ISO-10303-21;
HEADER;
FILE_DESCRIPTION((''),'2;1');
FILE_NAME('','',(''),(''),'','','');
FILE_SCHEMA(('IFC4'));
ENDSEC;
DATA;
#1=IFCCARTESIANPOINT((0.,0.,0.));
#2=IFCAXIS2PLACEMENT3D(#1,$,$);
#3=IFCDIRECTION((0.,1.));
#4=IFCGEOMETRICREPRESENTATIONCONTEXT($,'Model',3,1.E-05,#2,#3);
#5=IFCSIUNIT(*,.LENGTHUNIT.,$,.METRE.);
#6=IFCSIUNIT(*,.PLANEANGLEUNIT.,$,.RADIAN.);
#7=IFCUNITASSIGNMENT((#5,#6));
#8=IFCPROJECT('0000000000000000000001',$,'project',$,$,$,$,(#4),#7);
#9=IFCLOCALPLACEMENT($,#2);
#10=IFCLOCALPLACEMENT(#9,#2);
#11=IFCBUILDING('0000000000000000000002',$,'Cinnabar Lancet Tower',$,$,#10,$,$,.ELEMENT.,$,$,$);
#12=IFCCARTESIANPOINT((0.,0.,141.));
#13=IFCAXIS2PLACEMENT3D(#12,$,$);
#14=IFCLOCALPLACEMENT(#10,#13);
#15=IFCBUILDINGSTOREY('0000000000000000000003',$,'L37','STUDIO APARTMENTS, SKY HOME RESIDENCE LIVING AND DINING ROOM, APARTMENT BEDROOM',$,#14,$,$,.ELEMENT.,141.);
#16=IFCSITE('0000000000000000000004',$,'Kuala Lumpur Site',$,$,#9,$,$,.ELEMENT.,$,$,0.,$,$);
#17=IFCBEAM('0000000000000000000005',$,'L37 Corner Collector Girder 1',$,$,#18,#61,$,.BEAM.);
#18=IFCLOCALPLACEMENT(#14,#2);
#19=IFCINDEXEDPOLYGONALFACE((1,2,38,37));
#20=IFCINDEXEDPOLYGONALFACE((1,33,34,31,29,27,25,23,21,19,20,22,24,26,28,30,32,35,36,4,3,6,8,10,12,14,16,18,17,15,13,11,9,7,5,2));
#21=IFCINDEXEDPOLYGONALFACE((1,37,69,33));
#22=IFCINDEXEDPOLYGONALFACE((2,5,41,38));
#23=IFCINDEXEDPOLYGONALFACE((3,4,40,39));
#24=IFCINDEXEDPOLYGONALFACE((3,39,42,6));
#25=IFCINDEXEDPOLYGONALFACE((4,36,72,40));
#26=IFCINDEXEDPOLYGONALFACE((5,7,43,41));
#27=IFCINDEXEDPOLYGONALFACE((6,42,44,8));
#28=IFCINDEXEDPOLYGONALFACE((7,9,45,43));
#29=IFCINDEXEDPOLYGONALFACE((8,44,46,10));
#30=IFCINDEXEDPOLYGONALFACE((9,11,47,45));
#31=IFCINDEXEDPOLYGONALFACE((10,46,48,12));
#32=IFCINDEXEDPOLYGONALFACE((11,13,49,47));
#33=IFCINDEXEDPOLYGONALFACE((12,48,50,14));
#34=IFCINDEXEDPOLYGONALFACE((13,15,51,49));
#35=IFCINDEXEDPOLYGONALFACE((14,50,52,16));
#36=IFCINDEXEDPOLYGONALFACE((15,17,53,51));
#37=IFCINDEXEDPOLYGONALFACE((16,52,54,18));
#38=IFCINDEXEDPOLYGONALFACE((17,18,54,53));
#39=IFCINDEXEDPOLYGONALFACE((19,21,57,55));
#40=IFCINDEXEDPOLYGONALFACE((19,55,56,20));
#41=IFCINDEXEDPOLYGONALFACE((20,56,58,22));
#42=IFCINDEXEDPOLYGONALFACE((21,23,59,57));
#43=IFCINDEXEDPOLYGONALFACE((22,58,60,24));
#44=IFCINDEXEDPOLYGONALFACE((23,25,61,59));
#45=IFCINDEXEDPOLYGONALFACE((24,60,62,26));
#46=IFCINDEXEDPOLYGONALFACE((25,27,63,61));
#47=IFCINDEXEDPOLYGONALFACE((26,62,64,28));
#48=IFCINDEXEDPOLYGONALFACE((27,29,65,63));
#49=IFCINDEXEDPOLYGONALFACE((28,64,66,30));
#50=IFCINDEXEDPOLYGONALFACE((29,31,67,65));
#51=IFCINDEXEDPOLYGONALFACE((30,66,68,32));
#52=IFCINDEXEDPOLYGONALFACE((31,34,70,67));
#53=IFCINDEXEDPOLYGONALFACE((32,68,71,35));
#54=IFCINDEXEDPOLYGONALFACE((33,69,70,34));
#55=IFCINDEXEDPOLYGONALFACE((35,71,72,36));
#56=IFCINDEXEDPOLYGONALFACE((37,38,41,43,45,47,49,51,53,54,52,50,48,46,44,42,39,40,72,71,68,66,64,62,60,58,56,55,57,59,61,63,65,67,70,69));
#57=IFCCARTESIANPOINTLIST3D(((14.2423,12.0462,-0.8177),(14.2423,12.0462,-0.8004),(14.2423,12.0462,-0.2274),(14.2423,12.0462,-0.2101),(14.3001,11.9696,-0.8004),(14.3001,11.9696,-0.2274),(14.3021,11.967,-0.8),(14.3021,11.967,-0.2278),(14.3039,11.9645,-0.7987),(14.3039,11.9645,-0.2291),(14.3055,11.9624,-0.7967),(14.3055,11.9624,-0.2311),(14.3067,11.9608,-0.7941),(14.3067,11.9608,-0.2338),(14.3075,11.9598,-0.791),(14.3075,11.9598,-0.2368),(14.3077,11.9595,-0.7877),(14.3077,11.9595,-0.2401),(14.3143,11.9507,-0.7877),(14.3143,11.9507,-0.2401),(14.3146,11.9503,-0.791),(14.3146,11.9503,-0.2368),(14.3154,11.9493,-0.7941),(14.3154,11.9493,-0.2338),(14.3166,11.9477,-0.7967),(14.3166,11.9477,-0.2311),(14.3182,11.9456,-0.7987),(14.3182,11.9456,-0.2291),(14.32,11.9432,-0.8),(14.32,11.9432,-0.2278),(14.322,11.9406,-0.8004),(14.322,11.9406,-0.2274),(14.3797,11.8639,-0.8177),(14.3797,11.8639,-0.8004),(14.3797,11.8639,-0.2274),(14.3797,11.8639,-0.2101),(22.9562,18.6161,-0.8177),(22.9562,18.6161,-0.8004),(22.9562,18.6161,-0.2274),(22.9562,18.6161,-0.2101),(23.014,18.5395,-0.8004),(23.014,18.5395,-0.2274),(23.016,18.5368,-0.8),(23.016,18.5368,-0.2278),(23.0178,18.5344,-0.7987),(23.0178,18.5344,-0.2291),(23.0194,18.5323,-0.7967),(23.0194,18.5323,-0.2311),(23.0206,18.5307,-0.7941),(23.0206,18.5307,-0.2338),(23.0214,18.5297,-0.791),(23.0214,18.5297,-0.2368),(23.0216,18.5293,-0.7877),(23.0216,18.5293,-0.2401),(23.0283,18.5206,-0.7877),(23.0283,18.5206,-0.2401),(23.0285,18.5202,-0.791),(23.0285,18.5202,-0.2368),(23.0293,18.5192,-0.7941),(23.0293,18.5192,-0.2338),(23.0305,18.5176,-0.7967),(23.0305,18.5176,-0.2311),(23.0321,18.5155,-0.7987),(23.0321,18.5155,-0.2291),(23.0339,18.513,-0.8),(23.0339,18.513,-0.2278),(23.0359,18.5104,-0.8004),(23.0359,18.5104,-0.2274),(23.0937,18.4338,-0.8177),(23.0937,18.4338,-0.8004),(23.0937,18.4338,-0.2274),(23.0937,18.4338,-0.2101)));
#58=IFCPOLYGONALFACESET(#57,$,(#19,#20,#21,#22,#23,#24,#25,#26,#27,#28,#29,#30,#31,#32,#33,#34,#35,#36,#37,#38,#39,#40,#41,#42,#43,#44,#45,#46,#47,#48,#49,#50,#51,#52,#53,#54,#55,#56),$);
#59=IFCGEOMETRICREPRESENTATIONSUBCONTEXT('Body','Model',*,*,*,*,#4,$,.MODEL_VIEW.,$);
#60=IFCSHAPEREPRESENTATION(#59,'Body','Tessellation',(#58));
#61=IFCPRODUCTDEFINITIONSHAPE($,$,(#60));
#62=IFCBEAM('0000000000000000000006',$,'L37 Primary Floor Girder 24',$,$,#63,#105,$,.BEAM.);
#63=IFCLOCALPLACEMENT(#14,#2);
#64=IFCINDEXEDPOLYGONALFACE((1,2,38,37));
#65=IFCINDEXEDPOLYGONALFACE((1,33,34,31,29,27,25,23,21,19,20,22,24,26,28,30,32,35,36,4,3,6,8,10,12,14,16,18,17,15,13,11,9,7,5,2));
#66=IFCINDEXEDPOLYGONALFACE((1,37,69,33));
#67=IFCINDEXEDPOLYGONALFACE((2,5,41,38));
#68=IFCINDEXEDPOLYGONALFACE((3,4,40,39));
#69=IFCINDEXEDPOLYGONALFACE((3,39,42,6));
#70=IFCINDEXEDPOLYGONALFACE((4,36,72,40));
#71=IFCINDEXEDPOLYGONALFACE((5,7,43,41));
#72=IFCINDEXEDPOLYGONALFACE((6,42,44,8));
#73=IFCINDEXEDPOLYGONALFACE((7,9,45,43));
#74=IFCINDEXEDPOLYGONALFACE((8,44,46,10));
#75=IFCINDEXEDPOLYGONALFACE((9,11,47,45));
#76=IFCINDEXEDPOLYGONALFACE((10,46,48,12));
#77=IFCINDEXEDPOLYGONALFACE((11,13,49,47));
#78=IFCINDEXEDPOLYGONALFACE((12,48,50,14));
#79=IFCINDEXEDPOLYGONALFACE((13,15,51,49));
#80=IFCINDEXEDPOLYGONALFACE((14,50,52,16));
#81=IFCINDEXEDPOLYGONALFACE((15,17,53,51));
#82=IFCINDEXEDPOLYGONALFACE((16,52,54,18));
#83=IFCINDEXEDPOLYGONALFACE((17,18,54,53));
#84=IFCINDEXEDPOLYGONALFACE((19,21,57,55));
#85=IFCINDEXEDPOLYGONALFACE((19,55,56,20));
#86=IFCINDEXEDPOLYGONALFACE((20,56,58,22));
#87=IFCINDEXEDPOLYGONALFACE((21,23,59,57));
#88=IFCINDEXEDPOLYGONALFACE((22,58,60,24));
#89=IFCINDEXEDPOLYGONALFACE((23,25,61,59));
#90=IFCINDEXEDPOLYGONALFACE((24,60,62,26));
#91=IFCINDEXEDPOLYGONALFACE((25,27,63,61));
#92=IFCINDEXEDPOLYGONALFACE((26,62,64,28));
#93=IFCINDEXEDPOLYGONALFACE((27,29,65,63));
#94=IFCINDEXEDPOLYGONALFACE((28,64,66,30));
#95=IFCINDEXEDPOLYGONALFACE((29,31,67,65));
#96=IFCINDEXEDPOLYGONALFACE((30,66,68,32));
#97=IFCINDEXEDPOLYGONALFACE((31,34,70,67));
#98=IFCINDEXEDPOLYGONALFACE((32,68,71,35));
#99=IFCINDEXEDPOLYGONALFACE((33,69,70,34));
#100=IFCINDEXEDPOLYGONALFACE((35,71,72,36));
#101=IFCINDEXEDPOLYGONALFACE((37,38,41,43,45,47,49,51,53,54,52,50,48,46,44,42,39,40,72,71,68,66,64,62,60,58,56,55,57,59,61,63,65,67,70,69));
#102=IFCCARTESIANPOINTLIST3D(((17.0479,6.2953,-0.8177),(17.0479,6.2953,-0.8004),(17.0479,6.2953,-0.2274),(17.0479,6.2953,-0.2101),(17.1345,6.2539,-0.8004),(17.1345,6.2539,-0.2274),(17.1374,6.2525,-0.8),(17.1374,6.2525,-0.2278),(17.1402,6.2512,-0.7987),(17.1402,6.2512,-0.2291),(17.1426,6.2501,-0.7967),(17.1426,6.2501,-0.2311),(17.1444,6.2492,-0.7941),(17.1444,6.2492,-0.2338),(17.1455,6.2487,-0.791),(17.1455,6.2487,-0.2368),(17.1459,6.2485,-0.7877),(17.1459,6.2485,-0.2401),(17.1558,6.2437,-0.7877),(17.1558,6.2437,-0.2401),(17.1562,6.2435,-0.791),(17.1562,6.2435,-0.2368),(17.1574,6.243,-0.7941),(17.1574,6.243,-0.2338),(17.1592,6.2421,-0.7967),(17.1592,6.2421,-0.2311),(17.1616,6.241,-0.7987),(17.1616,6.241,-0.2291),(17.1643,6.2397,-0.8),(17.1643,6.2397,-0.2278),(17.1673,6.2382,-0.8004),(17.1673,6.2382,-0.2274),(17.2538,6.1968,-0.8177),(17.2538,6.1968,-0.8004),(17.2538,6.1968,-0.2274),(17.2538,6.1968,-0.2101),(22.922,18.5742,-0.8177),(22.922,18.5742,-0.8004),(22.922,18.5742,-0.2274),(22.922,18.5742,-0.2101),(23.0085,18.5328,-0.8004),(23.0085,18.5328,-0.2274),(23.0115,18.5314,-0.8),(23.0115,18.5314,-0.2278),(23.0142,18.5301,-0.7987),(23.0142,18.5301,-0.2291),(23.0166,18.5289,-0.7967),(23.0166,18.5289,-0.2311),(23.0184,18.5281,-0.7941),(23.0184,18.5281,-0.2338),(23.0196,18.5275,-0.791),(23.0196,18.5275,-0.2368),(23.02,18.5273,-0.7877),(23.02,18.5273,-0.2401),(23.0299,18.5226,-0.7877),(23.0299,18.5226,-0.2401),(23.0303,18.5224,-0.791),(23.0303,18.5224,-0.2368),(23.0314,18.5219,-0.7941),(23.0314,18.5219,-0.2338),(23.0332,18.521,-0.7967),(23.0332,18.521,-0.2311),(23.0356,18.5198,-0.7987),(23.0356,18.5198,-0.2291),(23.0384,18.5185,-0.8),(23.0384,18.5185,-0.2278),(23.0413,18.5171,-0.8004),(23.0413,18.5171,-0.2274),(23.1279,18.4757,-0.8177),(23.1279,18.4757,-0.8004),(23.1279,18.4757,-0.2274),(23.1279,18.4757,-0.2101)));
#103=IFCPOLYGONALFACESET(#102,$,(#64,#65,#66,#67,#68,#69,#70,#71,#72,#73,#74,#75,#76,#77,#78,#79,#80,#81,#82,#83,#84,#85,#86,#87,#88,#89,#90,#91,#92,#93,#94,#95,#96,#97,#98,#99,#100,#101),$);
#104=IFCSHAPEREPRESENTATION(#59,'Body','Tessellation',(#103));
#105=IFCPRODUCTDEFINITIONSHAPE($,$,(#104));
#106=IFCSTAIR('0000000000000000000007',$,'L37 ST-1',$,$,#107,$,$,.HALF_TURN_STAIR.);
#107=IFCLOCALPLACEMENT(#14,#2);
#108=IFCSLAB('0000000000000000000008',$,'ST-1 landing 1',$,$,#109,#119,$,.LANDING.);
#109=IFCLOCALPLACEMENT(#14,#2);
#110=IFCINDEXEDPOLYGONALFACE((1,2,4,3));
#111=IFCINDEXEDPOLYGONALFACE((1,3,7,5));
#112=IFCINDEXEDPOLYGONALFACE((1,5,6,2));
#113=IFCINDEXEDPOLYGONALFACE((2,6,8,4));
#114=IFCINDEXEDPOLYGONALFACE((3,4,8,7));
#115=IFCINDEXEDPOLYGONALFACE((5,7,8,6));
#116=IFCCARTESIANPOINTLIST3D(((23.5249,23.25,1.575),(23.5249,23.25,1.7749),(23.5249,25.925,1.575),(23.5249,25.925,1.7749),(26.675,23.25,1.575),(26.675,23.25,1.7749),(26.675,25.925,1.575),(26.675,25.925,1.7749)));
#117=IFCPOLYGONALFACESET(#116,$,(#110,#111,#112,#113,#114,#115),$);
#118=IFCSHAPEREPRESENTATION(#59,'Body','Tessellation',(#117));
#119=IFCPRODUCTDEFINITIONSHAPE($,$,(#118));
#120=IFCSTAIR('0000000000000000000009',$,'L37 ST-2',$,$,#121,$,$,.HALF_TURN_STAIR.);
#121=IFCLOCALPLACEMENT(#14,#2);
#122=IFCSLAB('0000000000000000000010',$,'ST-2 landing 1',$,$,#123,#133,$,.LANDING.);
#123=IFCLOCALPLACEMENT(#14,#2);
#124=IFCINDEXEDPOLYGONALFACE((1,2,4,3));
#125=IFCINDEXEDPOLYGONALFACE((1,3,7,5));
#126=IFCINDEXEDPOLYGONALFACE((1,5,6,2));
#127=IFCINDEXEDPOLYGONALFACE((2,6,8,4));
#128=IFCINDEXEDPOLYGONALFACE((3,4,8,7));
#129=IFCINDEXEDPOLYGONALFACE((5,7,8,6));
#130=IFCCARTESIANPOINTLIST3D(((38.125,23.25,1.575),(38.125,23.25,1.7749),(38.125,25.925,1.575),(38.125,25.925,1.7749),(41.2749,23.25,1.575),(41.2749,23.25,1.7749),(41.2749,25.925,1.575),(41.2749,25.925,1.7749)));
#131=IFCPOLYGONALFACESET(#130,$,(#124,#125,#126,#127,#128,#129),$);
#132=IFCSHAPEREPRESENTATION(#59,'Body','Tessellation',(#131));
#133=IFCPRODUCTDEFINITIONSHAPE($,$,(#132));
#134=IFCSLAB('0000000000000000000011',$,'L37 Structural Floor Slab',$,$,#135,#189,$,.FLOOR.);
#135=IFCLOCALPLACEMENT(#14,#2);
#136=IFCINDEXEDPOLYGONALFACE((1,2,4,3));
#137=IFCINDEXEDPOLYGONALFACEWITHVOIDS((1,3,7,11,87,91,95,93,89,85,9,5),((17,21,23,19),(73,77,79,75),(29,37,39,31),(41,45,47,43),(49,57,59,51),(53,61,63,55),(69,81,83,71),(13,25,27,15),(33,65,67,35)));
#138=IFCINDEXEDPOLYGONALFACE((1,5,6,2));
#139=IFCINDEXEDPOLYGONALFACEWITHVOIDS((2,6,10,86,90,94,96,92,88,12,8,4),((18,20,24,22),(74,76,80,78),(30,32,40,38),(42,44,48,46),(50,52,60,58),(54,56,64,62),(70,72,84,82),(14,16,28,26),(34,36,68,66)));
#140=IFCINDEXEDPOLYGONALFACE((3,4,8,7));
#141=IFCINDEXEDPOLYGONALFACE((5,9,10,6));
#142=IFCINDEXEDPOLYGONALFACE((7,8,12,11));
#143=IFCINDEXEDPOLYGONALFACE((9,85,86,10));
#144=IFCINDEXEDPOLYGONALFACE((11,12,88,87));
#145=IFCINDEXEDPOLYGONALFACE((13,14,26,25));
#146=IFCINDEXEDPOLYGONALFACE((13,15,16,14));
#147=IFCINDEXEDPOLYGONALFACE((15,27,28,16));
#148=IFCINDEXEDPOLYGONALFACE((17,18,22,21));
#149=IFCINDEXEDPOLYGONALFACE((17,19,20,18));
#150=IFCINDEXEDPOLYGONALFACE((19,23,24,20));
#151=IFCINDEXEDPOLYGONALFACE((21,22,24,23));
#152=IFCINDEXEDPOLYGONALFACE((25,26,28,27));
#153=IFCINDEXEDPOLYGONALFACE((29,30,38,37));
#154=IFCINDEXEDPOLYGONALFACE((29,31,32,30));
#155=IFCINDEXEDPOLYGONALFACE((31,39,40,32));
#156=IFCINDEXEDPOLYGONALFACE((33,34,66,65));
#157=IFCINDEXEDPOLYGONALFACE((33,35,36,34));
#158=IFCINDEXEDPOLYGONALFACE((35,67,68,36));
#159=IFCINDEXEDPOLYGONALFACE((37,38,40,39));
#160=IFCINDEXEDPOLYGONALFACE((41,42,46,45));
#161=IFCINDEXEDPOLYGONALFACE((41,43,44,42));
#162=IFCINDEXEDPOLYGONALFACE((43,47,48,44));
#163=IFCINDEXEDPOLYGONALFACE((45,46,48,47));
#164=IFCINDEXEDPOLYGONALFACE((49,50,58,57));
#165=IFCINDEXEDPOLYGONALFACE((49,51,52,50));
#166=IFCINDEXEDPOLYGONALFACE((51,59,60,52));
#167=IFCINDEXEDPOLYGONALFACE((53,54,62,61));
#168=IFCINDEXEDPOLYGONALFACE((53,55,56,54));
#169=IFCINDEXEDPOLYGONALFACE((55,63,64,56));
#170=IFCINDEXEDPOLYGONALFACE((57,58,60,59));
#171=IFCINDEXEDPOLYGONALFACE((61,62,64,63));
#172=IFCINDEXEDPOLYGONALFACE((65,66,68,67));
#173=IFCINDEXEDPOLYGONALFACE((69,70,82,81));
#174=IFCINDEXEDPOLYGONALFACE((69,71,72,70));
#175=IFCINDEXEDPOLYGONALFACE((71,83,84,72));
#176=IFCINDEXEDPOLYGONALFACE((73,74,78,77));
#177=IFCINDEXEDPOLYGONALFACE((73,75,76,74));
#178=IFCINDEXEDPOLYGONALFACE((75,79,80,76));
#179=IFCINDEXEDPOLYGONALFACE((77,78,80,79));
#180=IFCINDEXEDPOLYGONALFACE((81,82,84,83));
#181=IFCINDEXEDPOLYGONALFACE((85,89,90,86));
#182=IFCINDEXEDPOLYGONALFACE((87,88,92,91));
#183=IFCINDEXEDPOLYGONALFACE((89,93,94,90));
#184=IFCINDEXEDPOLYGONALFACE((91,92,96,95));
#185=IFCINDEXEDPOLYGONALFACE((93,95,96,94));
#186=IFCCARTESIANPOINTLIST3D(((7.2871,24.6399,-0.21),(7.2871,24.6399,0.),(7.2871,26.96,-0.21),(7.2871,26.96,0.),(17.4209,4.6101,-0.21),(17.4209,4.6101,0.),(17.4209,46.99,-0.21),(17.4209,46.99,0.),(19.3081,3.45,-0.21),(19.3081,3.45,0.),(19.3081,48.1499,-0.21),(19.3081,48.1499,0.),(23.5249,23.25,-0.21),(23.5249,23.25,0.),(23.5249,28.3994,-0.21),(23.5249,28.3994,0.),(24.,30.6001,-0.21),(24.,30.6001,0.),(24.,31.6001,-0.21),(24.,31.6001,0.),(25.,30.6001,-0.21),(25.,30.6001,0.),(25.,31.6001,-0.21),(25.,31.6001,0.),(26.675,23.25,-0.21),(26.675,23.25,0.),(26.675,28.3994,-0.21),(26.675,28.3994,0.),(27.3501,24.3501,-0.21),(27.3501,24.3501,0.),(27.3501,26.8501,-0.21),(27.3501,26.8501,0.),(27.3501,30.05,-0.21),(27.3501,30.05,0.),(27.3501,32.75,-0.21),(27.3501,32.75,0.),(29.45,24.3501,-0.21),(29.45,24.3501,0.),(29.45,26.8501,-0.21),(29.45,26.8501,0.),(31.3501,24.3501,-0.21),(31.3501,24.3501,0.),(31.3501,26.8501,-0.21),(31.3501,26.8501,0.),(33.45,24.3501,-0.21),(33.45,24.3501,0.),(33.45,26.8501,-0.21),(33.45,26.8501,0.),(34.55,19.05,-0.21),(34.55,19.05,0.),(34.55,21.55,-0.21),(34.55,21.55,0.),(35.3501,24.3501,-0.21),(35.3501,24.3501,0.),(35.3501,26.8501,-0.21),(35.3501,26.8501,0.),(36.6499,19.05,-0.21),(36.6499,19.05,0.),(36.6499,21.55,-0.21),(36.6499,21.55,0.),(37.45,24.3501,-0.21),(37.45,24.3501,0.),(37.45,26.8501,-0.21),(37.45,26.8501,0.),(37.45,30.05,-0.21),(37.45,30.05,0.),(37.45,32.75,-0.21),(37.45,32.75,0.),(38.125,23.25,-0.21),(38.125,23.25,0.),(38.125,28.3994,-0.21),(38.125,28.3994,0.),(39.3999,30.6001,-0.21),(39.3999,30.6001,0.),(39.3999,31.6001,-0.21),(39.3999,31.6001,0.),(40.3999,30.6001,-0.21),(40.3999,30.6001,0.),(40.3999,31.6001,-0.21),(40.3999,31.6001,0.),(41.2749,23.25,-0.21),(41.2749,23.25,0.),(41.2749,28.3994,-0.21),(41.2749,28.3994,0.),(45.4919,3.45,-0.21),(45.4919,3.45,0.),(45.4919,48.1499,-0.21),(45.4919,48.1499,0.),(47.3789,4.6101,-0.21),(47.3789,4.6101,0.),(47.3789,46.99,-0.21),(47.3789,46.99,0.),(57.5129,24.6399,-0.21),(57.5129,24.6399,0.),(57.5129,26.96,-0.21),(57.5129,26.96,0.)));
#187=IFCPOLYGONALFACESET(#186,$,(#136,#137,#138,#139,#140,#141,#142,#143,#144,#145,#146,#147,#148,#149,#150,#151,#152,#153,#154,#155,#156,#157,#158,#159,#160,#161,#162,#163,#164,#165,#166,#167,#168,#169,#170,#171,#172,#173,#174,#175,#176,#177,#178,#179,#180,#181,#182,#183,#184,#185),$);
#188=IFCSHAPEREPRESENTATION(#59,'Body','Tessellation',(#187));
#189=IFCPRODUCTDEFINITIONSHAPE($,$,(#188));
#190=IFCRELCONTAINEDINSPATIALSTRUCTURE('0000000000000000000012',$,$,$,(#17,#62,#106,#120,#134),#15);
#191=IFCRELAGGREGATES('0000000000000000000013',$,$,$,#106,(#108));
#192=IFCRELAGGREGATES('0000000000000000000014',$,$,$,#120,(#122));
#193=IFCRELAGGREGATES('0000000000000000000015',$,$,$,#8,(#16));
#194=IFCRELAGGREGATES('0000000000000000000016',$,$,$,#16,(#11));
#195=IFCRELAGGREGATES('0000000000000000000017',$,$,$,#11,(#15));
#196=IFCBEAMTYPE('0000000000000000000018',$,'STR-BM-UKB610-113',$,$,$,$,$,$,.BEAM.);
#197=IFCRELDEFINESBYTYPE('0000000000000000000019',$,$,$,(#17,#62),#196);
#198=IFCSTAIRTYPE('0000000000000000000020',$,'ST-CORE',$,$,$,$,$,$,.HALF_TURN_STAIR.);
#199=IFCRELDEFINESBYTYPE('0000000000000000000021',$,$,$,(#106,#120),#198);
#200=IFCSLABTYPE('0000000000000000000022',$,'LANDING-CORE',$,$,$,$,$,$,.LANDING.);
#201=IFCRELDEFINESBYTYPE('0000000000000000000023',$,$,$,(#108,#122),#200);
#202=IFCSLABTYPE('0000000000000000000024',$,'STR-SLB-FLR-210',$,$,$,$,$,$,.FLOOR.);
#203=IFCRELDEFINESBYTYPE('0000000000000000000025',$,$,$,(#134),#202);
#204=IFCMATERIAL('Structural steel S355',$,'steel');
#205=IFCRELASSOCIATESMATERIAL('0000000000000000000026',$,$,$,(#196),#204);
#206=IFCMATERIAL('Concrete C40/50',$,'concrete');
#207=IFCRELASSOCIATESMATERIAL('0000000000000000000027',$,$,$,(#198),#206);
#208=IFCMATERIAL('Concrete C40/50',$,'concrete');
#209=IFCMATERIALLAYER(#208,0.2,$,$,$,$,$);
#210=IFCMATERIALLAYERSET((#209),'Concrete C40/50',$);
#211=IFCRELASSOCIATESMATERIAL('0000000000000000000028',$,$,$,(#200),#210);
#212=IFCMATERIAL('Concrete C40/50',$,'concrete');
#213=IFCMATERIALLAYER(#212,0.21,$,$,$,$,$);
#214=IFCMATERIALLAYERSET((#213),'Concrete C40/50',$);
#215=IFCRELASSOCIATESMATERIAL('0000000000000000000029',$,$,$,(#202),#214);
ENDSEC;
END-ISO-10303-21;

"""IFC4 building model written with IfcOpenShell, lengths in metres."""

from ifc_helpers import new_model, si_unit, direction, frame, origin, origin_2d, place, context, subcontext, project, spatial, polyline, i_section, outline, extrude, material, layer, layer_set, material_profile, profile_set, type_object, element, aggregate, save


model = new_model("IFC4")

# Units and contexts
model_context = context("Model", 3, precision=1e-05, world=origin(), true_north=direction((0.0, 1.0)))
body_context = subcontext(model_context, "Body", "Model", "MODEL_VIEW")
ifc_project = project(units=[si_unit("LENGTHUNIT", "METRE"), si_unit("PLANEANGLEUNIT", "RADIAN")], contexts=[model_context])

# Site, building, storey
site_placement = place(None, origin())
site = spatial("IfcSite", under=ifc_project, at=site_placement, Name="Kuala Lumpur Site", CompositionType="ELEMENT", RefElevation=0.0)
building_placement = place(site_placement, origin())
building = spatial("IfcBuilding", under=site, at=building_placement, Name="Cinnabar Lancet Tower", CompositionType="ELEMENT")
storey_placement = place(building_placement, frame((0.0, 0.0, 141.0)))
storey = spatial("IfcBuildingStorey", under=building, at=storey_placement, Name="L37", Description="STUDIO APARTMENTS, SKY HOME RESIDENCE LIVING AND DINING ROOM, APARTMENT BEDROOM", CompositionType="ELEMENT", Elevation=141.0)

# Beams
ifc_material_1 = material(Name="Structural steel S355", Category="steel")
ifc_material_profile_1 = material_profile(ifc_material_1, i_section(OverallWidth=0.2283, OverallDepth=0.6077, WebThickness=0.011, FlangeThickness=0.0173, FilletRadius=0.0127, at=origin_2d()), Name="UKB 610x229x113")
ifc_profile_set_1 = profile_set([ifc_material_profile_1], Name="Structural steel S355")
beam_type_1 = type_object("IfcBeamType", Name="STR-BM-UKB610-113", PredefinedType="BEAM", material=ifc_profile_set_1)
beam_1_placement = place(storey_placement, frame((14.311, 11.9551, -0.5139), z_axis=(0.798483, 0.602017, 0.0), x_axis=(-0.602017, 0.798483, 0.0)))
element("IfcBeam", 1, at=beam_1_placement, inside=storey, type_object=beam_type_1, Name="L37 Corner Collector Girder 1", PredefinedType="BEAM", context=body_context, shape_type="SweptSolid", body=[
    extrude(i_section(OverallWidth=0.2283, OverallDepth=0.6077, WebThickness=0.011, FlangeThickness=0.0173, FilletRadius=0.0127, at=origin_2d()), origin(), (0.0, 0.0, 1.0), 10.9131),
])
beam_2_placement = place(storey_placement, frame((17.1509, 6.2461, -0.5139), z_axis=(0.431548, 0.90209, 0.0), x_axis=(-0.90209, 0.431548, 0.0)))
element("IfcBeam", 2, at=beam_2_placement, inside=storey, type_object=beam_type_1, Name="L37 Primary Floor Girder 24", PredefinedType="BEAM", context=body_context, shape_type="SweptSolid", body=[
    extrude(i_section(OverallWidth=0.2283, OverallDepth=0.6077, WebThickness=0.011, FlangeThickness=0.0173, FilletRadius=0.0127, at=origin_2d()), origin(), (0.0, 0.0, 1.0), 13.6116),
])

# Stairs, slabs
ifc_material_2 = material(Name="Concrete C40/50", Category="concrete")
stair_type = type_object("IfcStairType", Name="ST-CORE", PredefinedType="HALF_TURN_STAIR", material=ifc_material_2)
stair_1_placement = place(storey_placement, origin())
stair_1 = element("IfcStair", 3, at=stair_1_placement, inside=storey, type_object=stair_type, Name="L37 ST-1", PredefinedType="HALF_TURN_STAIR")
ifc_material_3 = material(Name="Concrete C40/50", Category="concrete")
ifc_layer_1 = layer(ifc_material_3, 0.2)
ifc_layer_set_1 = layer_set([ifc_layer_1], Name="Concrete C40/50")
slab_type_1 = type_object("IfcSlabType", Name="LANDING-CORE", PredefinedType="LANDING", material=ifc_layer_set_1)
slab_1_placement = place(storey_placement, frame((0.0, 0.0, 1.575)))
slab_1 = element("IfcSlab", 4, at=slab_1_placement, type_object=slab_type_1, Name="ST-1 landing 1", PredefinedType="LANDING", context=body_context, shape_type="SweptSolid", body=[
    extrude(outline(polyline([(23.5249, 25.925), (23.5249, 23.25), (26.675, 23.25), (26.675, 25.925), (23.5249, 25.925)])), origin(), (0.0, 0.0, 1.0), 0.2),
])
aggregate(stair_1, [slab_1])
stair_2_placement = place(storey_placement, origin())
stair_2 = element("IfcStair", 5, at=stair_2_placement, inside=storey, type_object=stair_type, Name="L37 ST-2", PredefinedType="HALF_TURN_STAIR")
slab_2_placement = place(storey_placement, frame((0.0, 0.0, 1.575)))
slab_2 = element("IfcSlab", 6, at=slab_2_placement, type_object=slab_type_1, Name="ST-2 landing 1", PredefinedType="LANDING", context=body_context, shape_type="SweptSolid", body=[
    extrude(outline(polyline([(38.125, 25.925), (38.125, 23.25), (41.2749, 23.25), (41.2749, 25.925), (38.125, 25.925)])), origin(), (0.0, 0.0, 1.0), 0.2),
])
aggregate(stair_2, [slab_2])

# Slab
ifc_material_4 = material(Name="Concrete C40/50", Category="concrete")
ifc_layer_2 = layer(ifc_material_4, 0.21)
ifc_layer_set_2 = layer_set([ifc_layer_2], Name="Concrete C40/50")
slab_type_2 = type_object("IfcSlabType", Name="STR-SLB-FLR-210", PredefinedType="FLOOR", material=ifc_layer_set_2)
slab_3_placement = place(storey_placement, frame((0.0, 0.0, -0.21)))
element("IfcSlab", 7, at=slab_3_placement, inside=storey, type_object=slab_type_2, Name="L37 Structural Floor Slab", PredefinedType="FLOOR", context=body_context, shape_type="SweptSolid", body=[
    extrude(outline(polyline([(17.4209, 4.6101), (19.3081, 3.45), (45.4919, 3.45), (47.3789, 4.6101), (57.5129, 24.6399), (57.5129, 26.96), (47.3789, 46.99), (45.4919, 48.1499), (19.3081, 48.1499), (17.4209, 46.99), (7.2871, 26.96), (7.2871, 24.6399), (17.4209, 4.6101)]), holes=[polyline([(23.5249, 23.25), (26.675, 23.25), (26.675, 28.3994), (23.5249, 28.3994), (23.5249, 23.25)]), polyline([(38.125, 23.25), (41.2749, 23.25), (41.2749, 28.3994), (38.125, 28.3994), (38.125, 23.25)]), polyline([(27.3501, 30.05), (37.45, 30.05), (37.45, 32.75), (27.3501, 32.75), (27.3501, 30.05)]), polyline([(34.55, 19.05), (36.6499, 19.05), (36.6499, 21.55), (34.55, 21.55), (34.55, 19.05)]), polyline([(27.3501, 24.3501), (29.45, 24.3501), (29.45, 26.8501), (27.3501, 26.8501), (27.3501, 24.3501)]), polyline([(35.3501, 24.3501), (37.45, 24.3501), (37.45, 26.8501), (35.3501, 26.8501), (35.3501, 24.3501)]), polyline([(31.3501, 24.3501), (33.45, 24.3501), (33.45, 26.8501), (31.3501, 26.8501), (31.3501, 24.3501)]), polyline([(24.0, 30.6001), (25.0, 30.6001), (25.0, 31.6001), (24.0, 31.6001), (24.0, 30.6001)]), polyline([(39.3999, 30.6001), (40.3999, 30.6001), (40.3999, 31.6001), (39.3999, 31.6001), (39.3999, 30.6001)])]), origin(), (0.0, 0.0, 1.0), 0.21),
])

save(model, "model.ifc")
